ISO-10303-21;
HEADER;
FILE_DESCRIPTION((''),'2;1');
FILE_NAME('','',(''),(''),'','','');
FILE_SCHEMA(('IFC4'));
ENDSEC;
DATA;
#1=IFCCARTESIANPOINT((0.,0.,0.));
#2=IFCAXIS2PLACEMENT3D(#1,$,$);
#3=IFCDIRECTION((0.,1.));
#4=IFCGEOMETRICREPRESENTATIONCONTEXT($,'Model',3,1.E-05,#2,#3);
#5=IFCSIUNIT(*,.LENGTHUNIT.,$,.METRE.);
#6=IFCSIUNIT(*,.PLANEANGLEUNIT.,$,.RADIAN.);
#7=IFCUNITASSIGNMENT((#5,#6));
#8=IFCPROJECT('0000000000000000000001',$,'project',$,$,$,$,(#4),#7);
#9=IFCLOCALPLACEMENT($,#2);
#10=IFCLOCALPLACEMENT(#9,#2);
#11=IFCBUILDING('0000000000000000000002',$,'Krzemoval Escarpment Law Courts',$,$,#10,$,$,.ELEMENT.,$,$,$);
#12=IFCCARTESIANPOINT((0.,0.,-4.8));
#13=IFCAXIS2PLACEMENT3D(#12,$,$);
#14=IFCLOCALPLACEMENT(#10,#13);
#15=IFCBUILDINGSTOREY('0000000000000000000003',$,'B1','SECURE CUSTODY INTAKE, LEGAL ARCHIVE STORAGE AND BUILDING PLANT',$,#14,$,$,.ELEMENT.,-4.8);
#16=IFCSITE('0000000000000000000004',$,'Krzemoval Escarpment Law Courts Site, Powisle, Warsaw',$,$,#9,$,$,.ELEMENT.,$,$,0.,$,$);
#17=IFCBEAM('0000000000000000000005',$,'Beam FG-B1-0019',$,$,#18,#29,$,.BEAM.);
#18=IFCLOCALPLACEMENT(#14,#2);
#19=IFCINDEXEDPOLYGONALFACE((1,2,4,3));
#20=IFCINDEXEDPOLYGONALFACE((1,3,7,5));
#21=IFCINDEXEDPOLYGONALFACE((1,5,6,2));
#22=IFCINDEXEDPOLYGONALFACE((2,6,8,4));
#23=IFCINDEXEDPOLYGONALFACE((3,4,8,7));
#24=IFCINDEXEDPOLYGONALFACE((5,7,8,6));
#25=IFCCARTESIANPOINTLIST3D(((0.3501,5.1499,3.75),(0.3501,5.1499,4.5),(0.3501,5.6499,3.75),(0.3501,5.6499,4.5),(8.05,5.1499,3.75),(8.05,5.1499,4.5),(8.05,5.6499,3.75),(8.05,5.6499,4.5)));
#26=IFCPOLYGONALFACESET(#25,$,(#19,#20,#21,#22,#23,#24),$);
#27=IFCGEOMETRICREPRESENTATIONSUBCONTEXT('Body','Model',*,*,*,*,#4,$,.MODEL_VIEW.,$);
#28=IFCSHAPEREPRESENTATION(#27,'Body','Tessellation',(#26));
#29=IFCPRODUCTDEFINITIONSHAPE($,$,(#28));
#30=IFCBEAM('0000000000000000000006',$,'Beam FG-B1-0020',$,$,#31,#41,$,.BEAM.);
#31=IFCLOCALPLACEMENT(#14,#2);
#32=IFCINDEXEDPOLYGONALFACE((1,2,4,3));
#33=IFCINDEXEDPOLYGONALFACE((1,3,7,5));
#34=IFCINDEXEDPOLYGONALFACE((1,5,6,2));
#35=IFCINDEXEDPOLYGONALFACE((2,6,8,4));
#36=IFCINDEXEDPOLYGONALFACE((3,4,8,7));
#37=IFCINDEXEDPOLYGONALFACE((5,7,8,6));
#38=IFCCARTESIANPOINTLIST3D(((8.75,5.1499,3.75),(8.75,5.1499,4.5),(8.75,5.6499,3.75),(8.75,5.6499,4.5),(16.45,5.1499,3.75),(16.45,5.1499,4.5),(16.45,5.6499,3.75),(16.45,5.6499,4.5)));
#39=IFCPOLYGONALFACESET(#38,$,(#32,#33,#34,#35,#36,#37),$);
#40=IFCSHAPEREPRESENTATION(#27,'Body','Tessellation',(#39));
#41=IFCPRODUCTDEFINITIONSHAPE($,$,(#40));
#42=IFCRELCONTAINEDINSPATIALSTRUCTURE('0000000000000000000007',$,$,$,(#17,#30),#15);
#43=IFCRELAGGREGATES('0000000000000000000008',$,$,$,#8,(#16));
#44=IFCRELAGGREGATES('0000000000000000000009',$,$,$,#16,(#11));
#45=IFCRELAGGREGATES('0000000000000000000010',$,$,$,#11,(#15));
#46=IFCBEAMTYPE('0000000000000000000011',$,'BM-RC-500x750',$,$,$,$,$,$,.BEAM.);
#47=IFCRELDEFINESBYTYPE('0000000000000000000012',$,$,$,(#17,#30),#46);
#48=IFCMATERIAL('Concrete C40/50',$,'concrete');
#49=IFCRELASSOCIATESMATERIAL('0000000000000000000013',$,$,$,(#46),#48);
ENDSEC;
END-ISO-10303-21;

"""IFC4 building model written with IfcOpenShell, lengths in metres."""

from ifc_helpers import new_model, si_unit, direction, frame, origin, origin_2d, place, context, subcontext, project, spatial, rectangle, extrude, material, material_profile, profile_set, type_object, element, save


model = new_model("IFC4")

# Units and contexts
model_context = context("Model", 3, precision=1e-05, world=origin(), true_north=direction((0.0, 1.0)))
body_context = subcontext(model_context, "Body", "Model", "MODEL_VIEW")
ifc_project = project(units=[si_unit("LENGTHUNIT", "METRE"), si_unit("PLANEANGLEUNIT", "RADIAN")], contexts=[model_context])

# Site, building, storey
site_placement = place(None, origin())
site = spatial("IfcSite", under=ifc_project, at=site_placement, Name="Krzemoval Escarpment Law Courts Site, Powisle, Warsaw", CompositionType="ELEMENT", RefElevation=0.0)
building_placement = place(site_placement, origin())
building = spatial("IfcBuilding", under=site, at=building_placement, Name="Krzemoval Escarpment Law Courts", CompositionType="ELEMENT")
storey_placement = place(building_placement, frame((0.0, 0.0, -4.8)))
storey = spatial("IfcBuildingStorey", under=building, at=storey_placement, Name="B1", Description="SECURE CUSTODY INTAKE, LEGAL ARCHIVE STORAGE AND BUILDING PLANT", CompositionType="ELEMENT", Elevation=-4.8)

# Beams
ifc_material_1 = material(Name="Concrete C40/50", Category="concrete")
ifc_material_profile_1 = material_profile(ifc_material_1, rectangle(XDim=0.5, YDim=0.75, at=origin_2d()), Name="RCB 500x750")
ifc_profile_set_1 = profile_set([ifc_material_profile_1], Name="Concrete C40/50")
beam_type_1 = type_object("IfcBeamType", Name="BM-RC-500x750", PredefinedType="BEAM", material=ifc_profile_set_1)
for number, where, z_axis, x_axis, name in (
    (1, (0.3501, 5.3999, 4.125), (1.0, 0.0, 0.0), (0.0, 1.0, 0.0), "Beam FG-B1-0019"),
    (2, (8.75, 5.3999, 4.125), (1.0, 0.0, 0.0), (0.0, 1.0, 0.0), "Beam FG-B1-0020"),
):
    element("IfcBeam", number, at=place(storey_placement, frame(where, z_axis=z_axis, x_axis=x_axis)), inside=storey, type_object=beam_type_1, Name=name, PredefinedType="BEAM", context=body_context, shape_type="SweptSolid", body=[
        extrude(rectangle(XDim=0.5, YDim=0.75, at=origin_2d()), origin(), (0.0, 0.0, 1.0), 7.7),
    ])

save(model, "model.ifc")
